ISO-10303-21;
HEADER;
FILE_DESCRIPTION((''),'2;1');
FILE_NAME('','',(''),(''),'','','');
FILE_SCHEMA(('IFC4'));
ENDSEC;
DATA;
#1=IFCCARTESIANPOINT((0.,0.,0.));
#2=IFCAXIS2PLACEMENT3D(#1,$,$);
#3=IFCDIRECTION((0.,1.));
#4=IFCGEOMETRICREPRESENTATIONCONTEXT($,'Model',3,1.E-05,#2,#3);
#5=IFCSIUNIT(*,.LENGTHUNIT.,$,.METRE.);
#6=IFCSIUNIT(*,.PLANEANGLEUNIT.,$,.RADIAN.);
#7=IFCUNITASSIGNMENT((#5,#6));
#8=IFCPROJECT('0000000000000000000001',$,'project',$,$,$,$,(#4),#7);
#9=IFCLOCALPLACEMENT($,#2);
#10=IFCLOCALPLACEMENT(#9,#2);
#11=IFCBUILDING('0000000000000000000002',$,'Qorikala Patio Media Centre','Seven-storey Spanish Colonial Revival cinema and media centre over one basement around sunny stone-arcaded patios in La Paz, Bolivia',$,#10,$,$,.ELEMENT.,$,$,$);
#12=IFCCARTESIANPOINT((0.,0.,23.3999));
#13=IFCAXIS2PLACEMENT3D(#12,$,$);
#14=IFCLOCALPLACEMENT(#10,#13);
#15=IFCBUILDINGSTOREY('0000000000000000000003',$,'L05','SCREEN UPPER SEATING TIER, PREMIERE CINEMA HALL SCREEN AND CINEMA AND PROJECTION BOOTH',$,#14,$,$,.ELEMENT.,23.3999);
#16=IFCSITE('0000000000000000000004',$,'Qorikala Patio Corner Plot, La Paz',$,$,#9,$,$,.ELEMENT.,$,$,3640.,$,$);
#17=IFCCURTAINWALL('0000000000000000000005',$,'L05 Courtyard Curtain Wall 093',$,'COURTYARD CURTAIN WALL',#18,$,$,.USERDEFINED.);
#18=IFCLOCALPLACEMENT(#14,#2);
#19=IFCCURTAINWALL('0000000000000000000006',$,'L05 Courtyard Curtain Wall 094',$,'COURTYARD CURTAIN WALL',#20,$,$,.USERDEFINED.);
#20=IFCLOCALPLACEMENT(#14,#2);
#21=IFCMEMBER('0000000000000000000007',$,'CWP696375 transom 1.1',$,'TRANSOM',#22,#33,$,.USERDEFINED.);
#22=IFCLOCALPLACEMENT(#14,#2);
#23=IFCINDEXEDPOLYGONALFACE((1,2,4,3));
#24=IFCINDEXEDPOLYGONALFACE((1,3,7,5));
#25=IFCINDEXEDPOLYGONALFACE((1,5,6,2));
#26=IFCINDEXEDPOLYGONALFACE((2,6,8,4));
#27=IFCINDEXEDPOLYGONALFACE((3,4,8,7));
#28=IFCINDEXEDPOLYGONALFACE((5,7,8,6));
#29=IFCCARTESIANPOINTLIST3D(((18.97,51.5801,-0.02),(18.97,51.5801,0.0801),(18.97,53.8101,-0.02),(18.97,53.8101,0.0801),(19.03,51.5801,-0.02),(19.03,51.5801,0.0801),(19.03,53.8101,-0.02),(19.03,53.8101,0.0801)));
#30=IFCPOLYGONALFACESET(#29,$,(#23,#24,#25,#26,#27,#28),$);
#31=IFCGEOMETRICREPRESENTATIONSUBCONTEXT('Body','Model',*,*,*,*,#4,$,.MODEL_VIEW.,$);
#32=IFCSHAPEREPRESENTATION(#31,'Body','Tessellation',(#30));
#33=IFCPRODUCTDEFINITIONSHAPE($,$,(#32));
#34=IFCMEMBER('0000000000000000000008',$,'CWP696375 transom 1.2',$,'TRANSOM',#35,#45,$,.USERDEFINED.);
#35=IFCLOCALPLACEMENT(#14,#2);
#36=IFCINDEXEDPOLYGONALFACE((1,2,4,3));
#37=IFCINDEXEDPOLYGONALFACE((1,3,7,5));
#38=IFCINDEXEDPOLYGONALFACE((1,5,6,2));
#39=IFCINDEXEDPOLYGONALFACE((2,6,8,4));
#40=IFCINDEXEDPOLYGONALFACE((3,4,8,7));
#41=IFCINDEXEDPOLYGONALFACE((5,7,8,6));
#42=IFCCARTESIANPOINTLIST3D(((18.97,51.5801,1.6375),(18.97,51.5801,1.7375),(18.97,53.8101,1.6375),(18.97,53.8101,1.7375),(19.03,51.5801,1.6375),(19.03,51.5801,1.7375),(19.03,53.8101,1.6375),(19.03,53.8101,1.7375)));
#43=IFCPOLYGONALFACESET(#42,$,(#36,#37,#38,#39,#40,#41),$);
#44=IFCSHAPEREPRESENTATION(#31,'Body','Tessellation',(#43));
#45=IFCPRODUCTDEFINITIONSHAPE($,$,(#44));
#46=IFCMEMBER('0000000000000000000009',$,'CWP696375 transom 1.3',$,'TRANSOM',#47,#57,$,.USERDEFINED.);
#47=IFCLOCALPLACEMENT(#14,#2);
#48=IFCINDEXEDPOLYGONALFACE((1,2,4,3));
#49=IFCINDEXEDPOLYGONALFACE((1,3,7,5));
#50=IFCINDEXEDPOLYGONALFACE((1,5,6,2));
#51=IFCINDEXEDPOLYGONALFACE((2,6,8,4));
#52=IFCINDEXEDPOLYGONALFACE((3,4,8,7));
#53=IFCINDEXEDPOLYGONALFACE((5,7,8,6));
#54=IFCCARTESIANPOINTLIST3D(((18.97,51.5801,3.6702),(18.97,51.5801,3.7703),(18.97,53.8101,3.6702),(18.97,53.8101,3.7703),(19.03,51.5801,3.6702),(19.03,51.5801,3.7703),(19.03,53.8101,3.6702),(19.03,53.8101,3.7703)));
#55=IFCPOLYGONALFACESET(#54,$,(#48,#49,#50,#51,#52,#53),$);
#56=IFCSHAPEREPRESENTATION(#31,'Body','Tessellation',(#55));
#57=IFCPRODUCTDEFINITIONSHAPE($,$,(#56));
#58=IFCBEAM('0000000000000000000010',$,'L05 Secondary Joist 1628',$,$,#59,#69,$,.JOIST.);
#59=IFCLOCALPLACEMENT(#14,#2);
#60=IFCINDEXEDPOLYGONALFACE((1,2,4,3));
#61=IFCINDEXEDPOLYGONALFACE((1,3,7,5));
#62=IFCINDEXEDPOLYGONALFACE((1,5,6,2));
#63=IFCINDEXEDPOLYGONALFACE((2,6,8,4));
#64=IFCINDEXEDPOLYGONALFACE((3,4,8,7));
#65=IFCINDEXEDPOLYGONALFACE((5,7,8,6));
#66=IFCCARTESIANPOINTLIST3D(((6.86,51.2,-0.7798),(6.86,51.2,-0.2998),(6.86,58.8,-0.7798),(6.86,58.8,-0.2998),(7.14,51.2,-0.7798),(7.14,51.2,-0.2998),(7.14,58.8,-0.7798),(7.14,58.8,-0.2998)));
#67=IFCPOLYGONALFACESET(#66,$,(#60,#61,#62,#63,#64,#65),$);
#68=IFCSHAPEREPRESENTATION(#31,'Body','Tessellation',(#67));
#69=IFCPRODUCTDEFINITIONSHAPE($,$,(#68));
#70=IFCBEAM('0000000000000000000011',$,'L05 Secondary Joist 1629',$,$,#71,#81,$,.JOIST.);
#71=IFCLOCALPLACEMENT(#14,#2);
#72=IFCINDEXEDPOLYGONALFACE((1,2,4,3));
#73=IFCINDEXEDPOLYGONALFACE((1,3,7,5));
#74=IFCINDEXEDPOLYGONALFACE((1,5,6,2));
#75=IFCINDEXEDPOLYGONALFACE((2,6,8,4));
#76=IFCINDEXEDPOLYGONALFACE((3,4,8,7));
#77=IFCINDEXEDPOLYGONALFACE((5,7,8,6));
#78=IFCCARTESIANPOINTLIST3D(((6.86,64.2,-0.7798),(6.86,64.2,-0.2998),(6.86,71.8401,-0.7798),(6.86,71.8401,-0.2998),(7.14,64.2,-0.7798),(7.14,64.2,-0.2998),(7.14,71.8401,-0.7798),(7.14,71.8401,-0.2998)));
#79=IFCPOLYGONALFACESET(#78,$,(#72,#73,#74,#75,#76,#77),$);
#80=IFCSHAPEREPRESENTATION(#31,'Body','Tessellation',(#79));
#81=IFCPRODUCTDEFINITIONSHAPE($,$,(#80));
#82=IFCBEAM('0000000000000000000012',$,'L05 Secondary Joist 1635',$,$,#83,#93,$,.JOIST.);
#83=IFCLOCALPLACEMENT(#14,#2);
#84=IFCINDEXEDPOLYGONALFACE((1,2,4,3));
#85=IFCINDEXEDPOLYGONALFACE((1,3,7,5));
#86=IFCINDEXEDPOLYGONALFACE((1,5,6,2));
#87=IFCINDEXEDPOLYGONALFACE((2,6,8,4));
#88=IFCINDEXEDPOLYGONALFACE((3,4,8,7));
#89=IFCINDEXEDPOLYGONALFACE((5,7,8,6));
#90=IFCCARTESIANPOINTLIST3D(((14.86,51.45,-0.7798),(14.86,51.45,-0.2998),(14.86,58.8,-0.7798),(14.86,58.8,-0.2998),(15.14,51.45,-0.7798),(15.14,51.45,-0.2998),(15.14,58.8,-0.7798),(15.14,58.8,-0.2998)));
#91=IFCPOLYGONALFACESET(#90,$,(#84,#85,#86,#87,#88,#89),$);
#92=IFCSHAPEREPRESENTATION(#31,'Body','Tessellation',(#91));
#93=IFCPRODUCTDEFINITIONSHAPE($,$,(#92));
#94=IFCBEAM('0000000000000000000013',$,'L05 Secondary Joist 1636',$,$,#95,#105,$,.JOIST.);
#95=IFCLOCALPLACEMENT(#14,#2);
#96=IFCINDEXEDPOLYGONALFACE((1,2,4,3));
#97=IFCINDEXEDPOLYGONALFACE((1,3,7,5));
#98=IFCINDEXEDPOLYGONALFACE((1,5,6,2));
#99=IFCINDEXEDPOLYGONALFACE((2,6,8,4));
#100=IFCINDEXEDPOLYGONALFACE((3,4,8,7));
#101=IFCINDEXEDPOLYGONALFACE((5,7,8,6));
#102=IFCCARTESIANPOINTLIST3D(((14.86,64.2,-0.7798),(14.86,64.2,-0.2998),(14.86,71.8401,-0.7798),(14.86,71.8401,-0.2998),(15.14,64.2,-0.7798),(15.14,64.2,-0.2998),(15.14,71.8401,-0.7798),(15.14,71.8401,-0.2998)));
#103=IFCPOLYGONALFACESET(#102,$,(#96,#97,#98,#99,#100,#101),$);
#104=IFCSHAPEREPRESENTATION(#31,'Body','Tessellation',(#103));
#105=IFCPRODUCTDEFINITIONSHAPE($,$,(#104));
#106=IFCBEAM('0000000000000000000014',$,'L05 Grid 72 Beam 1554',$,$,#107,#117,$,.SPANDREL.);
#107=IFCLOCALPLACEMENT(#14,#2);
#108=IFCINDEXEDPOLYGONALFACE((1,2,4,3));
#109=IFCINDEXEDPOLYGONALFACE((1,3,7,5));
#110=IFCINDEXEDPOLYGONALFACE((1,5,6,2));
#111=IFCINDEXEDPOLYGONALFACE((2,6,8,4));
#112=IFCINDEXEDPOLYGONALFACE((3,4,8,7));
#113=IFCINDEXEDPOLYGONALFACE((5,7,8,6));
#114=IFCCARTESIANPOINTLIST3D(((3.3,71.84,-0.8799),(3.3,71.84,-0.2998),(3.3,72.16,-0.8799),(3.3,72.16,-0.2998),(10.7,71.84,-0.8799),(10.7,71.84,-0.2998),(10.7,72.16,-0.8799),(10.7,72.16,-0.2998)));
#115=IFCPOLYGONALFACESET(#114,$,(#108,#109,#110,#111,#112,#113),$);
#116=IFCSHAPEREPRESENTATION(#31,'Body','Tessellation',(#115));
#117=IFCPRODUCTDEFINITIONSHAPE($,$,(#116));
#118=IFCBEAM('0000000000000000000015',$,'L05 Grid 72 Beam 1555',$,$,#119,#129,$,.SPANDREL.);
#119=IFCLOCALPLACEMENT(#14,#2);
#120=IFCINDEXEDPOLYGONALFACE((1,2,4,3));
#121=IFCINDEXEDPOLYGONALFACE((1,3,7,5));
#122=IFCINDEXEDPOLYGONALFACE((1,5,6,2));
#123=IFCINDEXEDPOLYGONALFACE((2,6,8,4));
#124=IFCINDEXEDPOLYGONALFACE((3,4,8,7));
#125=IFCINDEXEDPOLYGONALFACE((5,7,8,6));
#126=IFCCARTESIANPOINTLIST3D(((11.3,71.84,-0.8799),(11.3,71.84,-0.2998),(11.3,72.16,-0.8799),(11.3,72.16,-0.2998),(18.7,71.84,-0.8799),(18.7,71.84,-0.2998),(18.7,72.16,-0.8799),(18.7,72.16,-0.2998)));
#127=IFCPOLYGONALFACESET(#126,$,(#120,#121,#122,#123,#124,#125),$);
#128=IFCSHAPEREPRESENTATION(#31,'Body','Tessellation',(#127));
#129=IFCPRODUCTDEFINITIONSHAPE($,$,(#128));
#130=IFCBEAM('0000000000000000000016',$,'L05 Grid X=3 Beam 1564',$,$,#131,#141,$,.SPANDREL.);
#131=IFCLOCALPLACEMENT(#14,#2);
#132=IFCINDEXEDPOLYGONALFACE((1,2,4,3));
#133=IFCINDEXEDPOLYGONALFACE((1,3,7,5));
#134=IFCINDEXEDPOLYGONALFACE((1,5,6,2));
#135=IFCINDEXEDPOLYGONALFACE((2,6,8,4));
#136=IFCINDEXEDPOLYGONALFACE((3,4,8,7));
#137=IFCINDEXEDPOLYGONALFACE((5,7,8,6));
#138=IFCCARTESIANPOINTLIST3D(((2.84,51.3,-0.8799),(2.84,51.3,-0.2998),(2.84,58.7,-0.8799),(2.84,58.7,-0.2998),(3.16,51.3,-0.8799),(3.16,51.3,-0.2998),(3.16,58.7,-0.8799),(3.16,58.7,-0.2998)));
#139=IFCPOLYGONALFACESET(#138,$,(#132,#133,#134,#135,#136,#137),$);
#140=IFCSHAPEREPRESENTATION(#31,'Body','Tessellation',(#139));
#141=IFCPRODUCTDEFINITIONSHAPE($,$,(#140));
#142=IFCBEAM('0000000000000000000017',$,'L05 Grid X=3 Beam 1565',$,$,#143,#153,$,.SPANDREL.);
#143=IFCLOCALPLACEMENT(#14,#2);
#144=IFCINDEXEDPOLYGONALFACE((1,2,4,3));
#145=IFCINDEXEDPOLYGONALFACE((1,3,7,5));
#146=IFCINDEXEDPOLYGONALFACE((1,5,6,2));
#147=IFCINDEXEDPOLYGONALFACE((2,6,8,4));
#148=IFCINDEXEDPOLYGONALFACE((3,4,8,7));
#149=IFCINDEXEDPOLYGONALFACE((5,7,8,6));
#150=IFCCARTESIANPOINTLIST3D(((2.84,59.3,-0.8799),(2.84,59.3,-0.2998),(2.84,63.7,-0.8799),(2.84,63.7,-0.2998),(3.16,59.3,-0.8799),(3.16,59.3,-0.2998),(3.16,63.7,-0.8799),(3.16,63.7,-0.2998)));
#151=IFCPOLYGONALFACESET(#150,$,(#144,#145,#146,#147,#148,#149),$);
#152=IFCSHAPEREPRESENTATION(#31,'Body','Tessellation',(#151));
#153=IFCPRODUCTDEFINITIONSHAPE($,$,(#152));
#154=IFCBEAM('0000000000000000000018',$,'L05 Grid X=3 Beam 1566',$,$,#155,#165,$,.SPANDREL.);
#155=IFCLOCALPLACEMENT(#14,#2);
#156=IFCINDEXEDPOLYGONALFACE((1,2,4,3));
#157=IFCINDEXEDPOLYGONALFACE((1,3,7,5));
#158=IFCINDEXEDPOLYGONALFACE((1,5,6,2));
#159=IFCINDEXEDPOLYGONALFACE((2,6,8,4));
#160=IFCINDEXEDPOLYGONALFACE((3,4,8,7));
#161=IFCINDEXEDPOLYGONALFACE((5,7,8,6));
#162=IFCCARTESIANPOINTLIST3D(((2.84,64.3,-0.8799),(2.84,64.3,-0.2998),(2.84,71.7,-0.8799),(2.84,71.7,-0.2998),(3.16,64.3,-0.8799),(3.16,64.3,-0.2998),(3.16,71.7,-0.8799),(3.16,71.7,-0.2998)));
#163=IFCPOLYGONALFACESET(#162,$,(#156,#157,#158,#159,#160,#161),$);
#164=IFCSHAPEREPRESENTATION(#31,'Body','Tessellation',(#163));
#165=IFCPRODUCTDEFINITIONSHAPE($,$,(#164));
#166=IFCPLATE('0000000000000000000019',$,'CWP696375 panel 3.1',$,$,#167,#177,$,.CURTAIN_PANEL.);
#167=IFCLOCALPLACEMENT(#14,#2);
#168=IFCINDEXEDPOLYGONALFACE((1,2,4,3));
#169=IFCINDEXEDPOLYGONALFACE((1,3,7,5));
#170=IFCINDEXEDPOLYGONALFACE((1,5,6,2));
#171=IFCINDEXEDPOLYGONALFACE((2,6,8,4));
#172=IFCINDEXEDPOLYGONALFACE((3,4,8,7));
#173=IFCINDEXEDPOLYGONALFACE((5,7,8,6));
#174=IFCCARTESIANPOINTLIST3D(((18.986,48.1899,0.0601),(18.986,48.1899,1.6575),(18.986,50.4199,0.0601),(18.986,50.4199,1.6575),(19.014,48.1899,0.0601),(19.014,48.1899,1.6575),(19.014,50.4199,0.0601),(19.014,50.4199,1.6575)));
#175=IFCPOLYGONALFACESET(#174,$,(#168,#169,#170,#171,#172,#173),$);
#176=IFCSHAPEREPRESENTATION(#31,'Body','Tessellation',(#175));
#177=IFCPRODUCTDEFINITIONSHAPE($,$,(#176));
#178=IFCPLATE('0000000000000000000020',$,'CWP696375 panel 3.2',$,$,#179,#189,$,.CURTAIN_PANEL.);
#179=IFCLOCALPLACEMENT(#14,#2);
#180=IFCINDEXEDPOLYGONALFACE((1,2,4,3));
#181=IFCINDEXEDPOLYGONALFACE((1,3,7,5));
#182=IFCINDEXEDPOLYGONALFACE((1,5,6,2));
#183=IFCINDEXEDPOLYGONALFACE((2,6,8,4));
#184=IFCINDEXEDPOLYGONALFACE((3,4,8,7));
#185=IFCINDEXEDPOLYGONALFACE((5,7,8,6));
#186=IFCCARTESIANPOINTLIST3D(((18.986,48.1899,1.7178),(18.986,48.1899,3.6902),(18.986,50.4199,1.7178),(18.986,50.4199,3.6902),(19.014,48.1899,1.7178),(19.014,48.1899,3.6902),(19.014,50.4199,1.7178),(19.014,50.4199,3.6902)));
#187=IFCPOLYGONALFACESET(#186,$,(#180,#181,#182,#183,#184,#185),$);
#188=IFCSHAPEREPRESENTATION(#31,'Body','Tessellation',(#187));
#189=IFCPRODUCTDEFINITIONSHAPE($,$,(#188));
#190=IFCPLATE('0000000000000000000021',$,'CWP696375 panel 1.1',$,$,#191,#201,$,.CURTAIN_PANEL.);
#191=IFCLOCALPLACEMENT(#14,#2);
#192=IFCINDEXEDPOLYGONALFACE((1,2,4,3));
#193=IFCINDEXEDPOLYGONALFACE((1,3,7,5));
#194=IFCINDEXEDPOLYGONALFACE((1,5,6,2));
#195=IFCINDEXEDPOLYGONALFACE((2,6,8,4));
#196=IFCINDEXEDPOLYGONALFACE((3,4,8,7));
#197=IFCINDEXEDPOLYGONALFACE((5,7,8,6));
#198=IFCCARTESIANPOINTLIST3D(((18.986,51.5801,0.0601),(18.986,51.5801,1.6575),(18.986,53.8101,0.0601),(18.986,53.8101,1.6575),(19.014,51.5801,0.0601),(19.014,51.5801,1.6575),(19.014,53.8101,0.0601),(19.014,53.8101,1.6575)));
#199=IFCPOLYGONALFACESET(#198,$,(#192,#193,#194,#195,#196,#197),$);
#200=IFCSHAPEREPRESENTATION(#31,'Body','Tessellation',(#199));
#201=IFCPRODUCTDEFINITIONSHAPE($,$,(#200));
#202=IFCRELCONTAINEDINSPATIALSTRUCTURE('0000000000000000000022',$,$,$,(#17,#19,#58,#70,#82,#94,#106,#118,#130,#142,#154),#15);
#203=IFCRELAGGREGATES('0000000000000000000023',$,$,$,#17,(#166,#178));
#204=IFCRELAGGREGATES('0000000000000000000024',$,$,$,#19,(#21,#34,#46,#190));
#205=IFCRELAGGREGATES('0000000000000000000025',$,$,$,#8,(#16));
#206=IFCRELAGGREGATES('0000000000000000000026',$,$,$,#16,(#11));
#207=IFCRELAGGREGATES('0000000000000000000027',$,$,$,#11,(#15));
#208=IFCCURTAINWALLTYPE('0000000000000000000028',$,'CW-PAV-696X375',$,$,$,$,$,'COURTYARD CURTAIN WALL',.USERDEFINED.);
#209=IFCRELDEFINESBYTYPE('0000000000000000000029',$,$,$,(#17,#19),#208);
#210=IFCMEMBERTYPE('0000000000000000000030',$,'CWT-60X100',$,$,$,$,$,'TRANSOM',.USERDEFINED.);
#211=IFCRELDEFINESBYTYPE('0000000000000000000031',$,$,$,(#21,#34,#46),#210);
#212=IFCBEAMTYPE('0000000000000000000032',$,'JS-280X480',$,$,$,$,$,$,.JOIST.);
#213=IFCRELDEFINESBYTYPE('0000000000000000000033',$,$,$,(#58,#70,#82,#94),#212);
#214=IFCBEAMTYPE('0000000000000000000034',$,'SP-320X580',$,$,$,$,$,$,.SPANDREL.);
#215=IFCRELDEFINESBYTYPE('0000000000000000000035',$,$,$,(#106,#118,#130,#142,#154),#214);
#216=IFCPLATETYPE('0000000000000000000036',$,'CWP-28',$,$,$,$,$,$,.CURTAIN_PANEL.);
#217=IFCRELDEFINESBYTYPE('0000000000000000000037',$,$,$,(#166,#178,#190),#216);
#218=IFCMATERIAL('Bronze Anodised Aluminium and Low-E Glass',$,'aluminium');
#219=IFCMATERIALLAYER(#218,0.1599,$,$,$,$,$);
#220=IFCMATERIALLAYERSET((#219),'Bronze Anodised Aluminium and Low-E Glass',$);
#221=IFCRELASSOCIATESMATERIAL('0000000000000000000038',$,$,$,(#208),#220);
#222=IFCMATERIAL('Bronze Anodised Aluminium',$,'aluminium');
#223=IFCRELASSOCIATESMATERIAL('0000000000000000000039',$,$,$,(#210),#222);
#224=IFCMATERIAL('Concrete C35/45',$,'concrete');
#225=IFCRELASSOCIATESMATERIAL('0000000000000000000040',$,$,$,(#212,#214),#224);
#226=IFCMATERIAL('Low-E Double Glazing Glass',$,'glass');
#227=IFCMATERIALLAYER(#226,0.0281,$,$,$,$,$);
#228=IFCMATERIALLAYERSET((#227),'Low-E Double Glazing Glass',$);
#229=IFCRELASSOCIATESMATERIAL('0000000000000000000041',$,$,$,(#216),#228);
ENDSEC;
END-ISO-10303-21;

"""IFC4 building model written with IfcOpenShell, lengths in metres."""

from ifc_helpers import new_model, si_unit, direction, frame, origin, origin_2d, place, context, subcontext, project, spatial, rectangle, extrude, material, layer, layer_set, material_profile, profile_set, type_object, element, aggregate, save


model = new_model("IFC4")

# Units and contexts
model_context = context("Model", 3, precision=1e-05, world=origin(), true_north=direction((0.0, 1.0)))
body_context = subcontext(model_context, "Body", "Model", "MODEL_VIEW")
ifc_project = project(units=[si_unit("LENGTHUNIT", "METRE"), si_unit("PLANEANGLEUNIT", "RADIAN")], contexts=[model_context])

# Site, building, storey
site_placement = place(None, origin())
site = spatial("IfcSite", under=ifc_project, at=site_placement, Name="Qorikala Patio Corner Plot, La Paz", CompositionType="ELEMENT", RefElevation=3640.0)
building_placement = place(site_placement, origin())
building = spatial("IfcBuilding", under=site, at=building_placement, Name="Qorikala Patio Media Centre", Description="Seven-storey Spanish Colonial Revival cinema and media centre over one basement around sunny stone-arcaded patios in La Paz, Bolivia", CompositionType="ELEMENT")
storey_placement = place(building_placement, frame((0.0, 0.0, 23.3999)))
storey = spatial("IfcBuildingStorey", under=building, at=storey_placement, Name="L05", Description="SCREEN UPPER SEATING TIER, PREMIERE CINEMA HALL SCREEN AND CINEMA AND PROJECTION BOOTH", CompositionType="ELEMENT", Elevation=23.3999)

# Shared definitions
ifc_material_1 = material(Name="Concrete C35/45", Category="concrete")

# Curtain wall
ifc_material_2 = material(Name="Bronze Anodised Aluminium and Low-E Glass", Category="aluminium")
ifc_layer_1 = layer(ifc_material_2, 0.1599)
ifc_layer_set_1 = layer_set([ifc_layer_1], Name="Bronze Anodised Aluminium and Low-E Glass")
curtain_wall_type = type_object("IfcCurtainWallType", Name="CW-PAV-696X375", ElementType="COURTYARD CURTAIN WALL", PredefinedType="USERDEFINED", material=ifc_layer_set_1)
curtain_wall_1_placement = place(storey_placement, origin())
curtain_wall_1 = element("IfcCurtainWall", 1, at=curtain_wall_1_placement, inside=storey, type_object=curtain_wall_type, Name="L05 Courtyard Curtain Wall 093", ObjectType="COURTYARD CURTAIN WALL", PredefinedType="USERDEFINED")
ifc_material_3 = material(Name="Bronze Anodised Aluminium", Category="aluminium")

# Curtain wall
curtain_wall_2_placement = place(storey_placement, origin())
curtain_wall_2 = element("IfcCurtainWall", 2, at=curtain_wall_2_placement, inside=storey, type_object=curtain_wall_type, Name="L05 Courtyard Curtain Wall 094", ObjectType="COURTYARD CURTAIN WALL", PredefinedType="USERDEFINED")

# Members
ifc_material_profile_1 = material_profile(ifc_material_3, rectangle(XDim=0.0601, YDim=0.1001, at=origin_2d()), Name="ALU TRANSOM 60x100")
ifc_profile_set_1 = profile_set([ifc_material_profile_1], Name="Bronze Anodised Aluminium")
member_type_1 = type_object("IfcMemberType", Name="CWT-60X100", ElementType="TRANSOM", PredefinedType="USERDEFINED", material=ifc_profile_set_1)
member_1_placement = place(storey_placement, frame((19.0, 51.5801, 0.03), z_axis=(0.0, 1.0, 0.0), x_axis=(-1.0, 0.0, 0.0)))
member_1 = element("IfcMember", 3, at=member_1_placement, type_object=member_type_1, Name="CWP696375 transom 1.1", ObjectType="TRANSOM", PredefinedType="USERDEFINED", context=body_context, shape_type="SweptSolid", body=[
    extrude(rectangle(XDim=0.0601, YDim=0.1001, at=origin_2d()), origin(), (0.0, 0.0, 1.0), 2.23),
])
member_2_placement = place(storey_placement, frame((19.0, 51.5801, 1.6875), z_axis=(0.0, 1.0, 0.0), x_axis=(-1.0, 0.0, 0.0)))
member_2 = element("IfcMember", 4, at=member_2_placement, type_object=member_type_1, Name="CWP696375 transom 1.2", ObjectType="TRANSOM", PredefinedType="USERDEFINED", context=body_context, shape_type="SweptSolid", body=[
    extrude(rectangle(XDim=0.0601, YDim=0.1001, at=origin_2d()), origin(), (0.0, 0.0, 1.0), 2.23),
])
member_3_placement = place(storey_placement, frame((19.0, 51.5801, 3.7202), z_axis=(0.0, 1.0, 0.0), x_axis=(-1.0, 0.0, 0.0)))
member_3 = element("IfcMember", 5, at=member_3_placement, type_object=member_type_1, Name="CWP696375 transom 1.3", ObjectType="TRANSOM", PredefinedType="USERDEFINED", context=body_context, shape_type="SweptSolid", body=[
    extrude(rectangle(XDim=0.0601, YDim=0.1001, at=origin_2d()), origin(), (0.0, 0.0, 1.0), 2.23),
])

# Beams
ifc_material_profile_2 = material_profile(ifc_material_1, rectangle(XDim=0.28, YDim=0.48, at=origin_2d()), Name="RC 280x480")
ifc_profile_set_2 = profile_set([ifc_material_profile_2], Name="Concrete C35/45")
beam_type_1 = type_object("IfcBeamType", Name="JS-280X480", PredefinedType="JOIST", material=ifc_profile_set_2)
beam_1_placement = place(storey_placement, frame((7.0, 51.2, -0.5398), z_axis=(0.0, 1.0, 0.0), x_axis=(-1.0, 0.0, 0.0)))
element("IfcBeam", 6, at=beam_1_placement, inside=storey, type_object=beam_type_1, Name="L05 Secondary Joist 1628", PredefinedType="JOIST", context=body_context, shape_type="SweptSolid", body=[
    extrude(rectangle(XDim=0.28, YDim=0.48, at=origin_2d()), origin(), (0.0, 0.0, 1.0), 7.6001),
])
beam_2_placement = place(storey_placement, frame((7.0, 64.2, -0.5398), z_axis=(0.0, 1.0, 0.0), x_axis=(-1.0, 0.0, 0.0)))
element("IfcBeam", 7, at=beam_2_placement, inside=storey, type_object=beam_type_1, Name="L05 Secondary Joist 1629", PredefinedType="JOIST", context=body_context, shape_type="SweptSolid", body=[
    extrude(rectangle(XDim=0.28, YDim=0.48, at=origin_2d()), origin(), (0.0, 0.0, 1.0), 7.6401),
])
beam_3_placement = place(storey_placement, frame((15.0, 51.45, -0.5398), z_axis=(0.0, 1.0, 0.0), x_axis=(-1.0, 0.0, 0.0)))
element("IfcBeam", 8, at=beam_3_placement, inside=storey, type_object=beam_type_1, Name="L05 Secondary Joist 1635", PredefinedType="JOIST", context=body_context, shape_type="SweptSolid", body=[
    extrude(rectangle(XDim=0.28, YDim=0.48, at=origin_2d()), origin(), (0.0, 0.0, 1.0), 7.3501),
])
beam_4_placement = place(storey_placement, frame((15.0, 64.2, -0.5398), z_axis=(0.0, 1.0, 0.0), x_axis=(-1.0, 0.0, 0.0)))
element("IfcBeam", 9, at=beam_4_placement, inside=storey, type_object=beam_type_1, Name="L05 Secondary Joist 1636", PredefinedType="JOIST", context=body_context, shape_type="SweptSolid", body=[
    extrude(rectangle(XDim=0.28, YDim=0.48, at=origin_2d()), origin(), (0.0, 0.0, 1.0), 7.6401),
])
ifc_material_profile_3 = material_profile(ifc_material_1, rectangle(XDim=0.3201, YDim=0.5801, at=origin_2d()), Name="RC 320x580")
ifc_profile_set_3 = profile_set([ifc_material_profile_3], Name="Concrete C35/45")
beam_type_2 = type_object("IfcBeamType", Name="SP-320X580", PredefinedType="SPANDREL", material=ifc_profile_set_3)
for number, where, z_axis, x_axis, name in (
    (10, (3.3, 72.0, -0.5898), (1.0, 0.0, 0.0), (0.0, 1.0, 0.0), "L05 Grid 72 Beam 1554"),
    (11, (11.3, 72.0, -0.5898), (1.0, 0.0, 0.0), (0.0, 1.0, 0.0), "L05 Grid 72 Beam 1555"),
    (12, (3.0, 51.3, -0.5898), (0.0, 1.0, 0.0), (-1.0, 0.0, 0.0), "L05 Grid X=3 Beam 1564"),
):
    element("IfcBeam", number, at=place(storey_placement, frame(where, z_axis=z_axis, x_axis=x_axis)), inside=storey, type_object=beam_type_2, Name=name, PredefinedType="SPANDREL", context=body_context, shape_type="SweptSolid", body=[
        extrude(rectangle(XDim=0.3201, YDim=0.5801, at=origin_2d()), origin(), (0.0, 0.0, 1.0), 7.3999),
    ])
beam_5_placement = place(storey_placement, frame((3.0, 59.3, -0.5898), z_axis=(0.0, 1.0, 0.0), x_axis=(-1.0, 0.0, 0.0)))
element("IfcBeam", 13, at=beam_5_placement, inside=storey, type_object=beam_type_2, Name="L05 Grid X=3 Beam 1565", PredefinedType="SPANDREL", context=body_context, shape_type="SweptSolid", body=[
    extrude(rectangle(XDim=0.3201, YDim=0.5801, at=origin_2d()), origin(), (0.0, 0.0, 1.0), 4.3999),
])
beam_6_placement = place(storey_placement, frame((3.0, 64.3, -0.5898), z_axis=(0.0, 1.0, 0.0), x_axis=(-1.0, 0.0, 0.0)))
element("IfcBeam", 14, at=beam_6_placement, inside=storey, type_object=beam_type_2, Name="L05 Grid X=3 Beam 1566", PredefinedType="SPANDREL", context=body_context, shape_type="SweptSolid", body=[
    extrude(rectangle(XDim=0.3201, YDim=0.5801, at=origin_2d()), origin(), (0.0, 0.0, 1.0), 7.3999),
])

# Plates
ifc_material_4 = material(Name="Low-E Double Glazing Glass", Category="glass")
ifc_layer_2 = layer(ifc_material_4, 0.0281)
ifc_layer_set_2 = layer_set([ifc_layer_2], Name="Low-E Double Glazing Glass")
plate_type = type_object("IfcPlateType", Name="CWP-28", PredefinedType="CURTAIN_PANEL", material=ifc_layer_set_2)
plate_1_placement = place(storey_placement, frame((19.0, 49.3049, 0.0601), z_axis=(0.0, 0.0, 1.0), x_axis=(0.0, 1.0, 0.0)))
plate_1 = element("IfcPlate", 15, at=plate_1_placement, type_object=plate_type, Name="CWP696375 panel 3.1", PredefinedType="CURTAIN_PANEL", context=body_context, shape_type="SweptSolid", body=[
    extrude(rectangle(XDim=2.23, YDim=0.0281, at=origin_2d()), origin(), (0.0, 0.0, 1.0), 1.5974),
])
plate_2_placement = place(storey_placement, frame((19.0, 49.3049, 1.7178), z_axis=(0.0, 0.0, 1.0), x_axis=(0.0, 1.0, 0.0)))
plate_2 = element("IfcPlate", 16, at=plate_2_placement, type_object=plate_type, Name="CWP696375 panel 3.2", PredefinedType="CURTAIN_PANEL", context=body_context, shape_type="SweptSolid", body=[
    extrude(rectangle(XDim=2.23, YDim=0.0281, at=origin_2d()), origin(), (0.0, 0.0, 1.0), 1.9724),
])
aggregate(curtain_wall_1, [plate_1, plate_2])
plate_3_placement = place(storey_placement, frame((19.0, 52.6951, 0.0601), z_axis=(0.0, 0.0, 1.0), x_axis=(0.0, 1.0, 0.0)))
plate_3 = element("IfcPlate", 17, at=plate_3_placement, type_object=plate_type, Name="CWP696375 panel 1.1", PredefinedType="CURTAIN_PANEL", context=body_context, shape_type="SweptSolid", body=[
    extrude(rectangle(XDim=2.23, YDim=0.0281, at=origin_2d()), origin(), (0.0, 0.0, 1.0), 1.5974),
])
aggregate(curtain_wall_2, [member_1, member_2, member_3, plate_3])

save(model, "model.ifc")
